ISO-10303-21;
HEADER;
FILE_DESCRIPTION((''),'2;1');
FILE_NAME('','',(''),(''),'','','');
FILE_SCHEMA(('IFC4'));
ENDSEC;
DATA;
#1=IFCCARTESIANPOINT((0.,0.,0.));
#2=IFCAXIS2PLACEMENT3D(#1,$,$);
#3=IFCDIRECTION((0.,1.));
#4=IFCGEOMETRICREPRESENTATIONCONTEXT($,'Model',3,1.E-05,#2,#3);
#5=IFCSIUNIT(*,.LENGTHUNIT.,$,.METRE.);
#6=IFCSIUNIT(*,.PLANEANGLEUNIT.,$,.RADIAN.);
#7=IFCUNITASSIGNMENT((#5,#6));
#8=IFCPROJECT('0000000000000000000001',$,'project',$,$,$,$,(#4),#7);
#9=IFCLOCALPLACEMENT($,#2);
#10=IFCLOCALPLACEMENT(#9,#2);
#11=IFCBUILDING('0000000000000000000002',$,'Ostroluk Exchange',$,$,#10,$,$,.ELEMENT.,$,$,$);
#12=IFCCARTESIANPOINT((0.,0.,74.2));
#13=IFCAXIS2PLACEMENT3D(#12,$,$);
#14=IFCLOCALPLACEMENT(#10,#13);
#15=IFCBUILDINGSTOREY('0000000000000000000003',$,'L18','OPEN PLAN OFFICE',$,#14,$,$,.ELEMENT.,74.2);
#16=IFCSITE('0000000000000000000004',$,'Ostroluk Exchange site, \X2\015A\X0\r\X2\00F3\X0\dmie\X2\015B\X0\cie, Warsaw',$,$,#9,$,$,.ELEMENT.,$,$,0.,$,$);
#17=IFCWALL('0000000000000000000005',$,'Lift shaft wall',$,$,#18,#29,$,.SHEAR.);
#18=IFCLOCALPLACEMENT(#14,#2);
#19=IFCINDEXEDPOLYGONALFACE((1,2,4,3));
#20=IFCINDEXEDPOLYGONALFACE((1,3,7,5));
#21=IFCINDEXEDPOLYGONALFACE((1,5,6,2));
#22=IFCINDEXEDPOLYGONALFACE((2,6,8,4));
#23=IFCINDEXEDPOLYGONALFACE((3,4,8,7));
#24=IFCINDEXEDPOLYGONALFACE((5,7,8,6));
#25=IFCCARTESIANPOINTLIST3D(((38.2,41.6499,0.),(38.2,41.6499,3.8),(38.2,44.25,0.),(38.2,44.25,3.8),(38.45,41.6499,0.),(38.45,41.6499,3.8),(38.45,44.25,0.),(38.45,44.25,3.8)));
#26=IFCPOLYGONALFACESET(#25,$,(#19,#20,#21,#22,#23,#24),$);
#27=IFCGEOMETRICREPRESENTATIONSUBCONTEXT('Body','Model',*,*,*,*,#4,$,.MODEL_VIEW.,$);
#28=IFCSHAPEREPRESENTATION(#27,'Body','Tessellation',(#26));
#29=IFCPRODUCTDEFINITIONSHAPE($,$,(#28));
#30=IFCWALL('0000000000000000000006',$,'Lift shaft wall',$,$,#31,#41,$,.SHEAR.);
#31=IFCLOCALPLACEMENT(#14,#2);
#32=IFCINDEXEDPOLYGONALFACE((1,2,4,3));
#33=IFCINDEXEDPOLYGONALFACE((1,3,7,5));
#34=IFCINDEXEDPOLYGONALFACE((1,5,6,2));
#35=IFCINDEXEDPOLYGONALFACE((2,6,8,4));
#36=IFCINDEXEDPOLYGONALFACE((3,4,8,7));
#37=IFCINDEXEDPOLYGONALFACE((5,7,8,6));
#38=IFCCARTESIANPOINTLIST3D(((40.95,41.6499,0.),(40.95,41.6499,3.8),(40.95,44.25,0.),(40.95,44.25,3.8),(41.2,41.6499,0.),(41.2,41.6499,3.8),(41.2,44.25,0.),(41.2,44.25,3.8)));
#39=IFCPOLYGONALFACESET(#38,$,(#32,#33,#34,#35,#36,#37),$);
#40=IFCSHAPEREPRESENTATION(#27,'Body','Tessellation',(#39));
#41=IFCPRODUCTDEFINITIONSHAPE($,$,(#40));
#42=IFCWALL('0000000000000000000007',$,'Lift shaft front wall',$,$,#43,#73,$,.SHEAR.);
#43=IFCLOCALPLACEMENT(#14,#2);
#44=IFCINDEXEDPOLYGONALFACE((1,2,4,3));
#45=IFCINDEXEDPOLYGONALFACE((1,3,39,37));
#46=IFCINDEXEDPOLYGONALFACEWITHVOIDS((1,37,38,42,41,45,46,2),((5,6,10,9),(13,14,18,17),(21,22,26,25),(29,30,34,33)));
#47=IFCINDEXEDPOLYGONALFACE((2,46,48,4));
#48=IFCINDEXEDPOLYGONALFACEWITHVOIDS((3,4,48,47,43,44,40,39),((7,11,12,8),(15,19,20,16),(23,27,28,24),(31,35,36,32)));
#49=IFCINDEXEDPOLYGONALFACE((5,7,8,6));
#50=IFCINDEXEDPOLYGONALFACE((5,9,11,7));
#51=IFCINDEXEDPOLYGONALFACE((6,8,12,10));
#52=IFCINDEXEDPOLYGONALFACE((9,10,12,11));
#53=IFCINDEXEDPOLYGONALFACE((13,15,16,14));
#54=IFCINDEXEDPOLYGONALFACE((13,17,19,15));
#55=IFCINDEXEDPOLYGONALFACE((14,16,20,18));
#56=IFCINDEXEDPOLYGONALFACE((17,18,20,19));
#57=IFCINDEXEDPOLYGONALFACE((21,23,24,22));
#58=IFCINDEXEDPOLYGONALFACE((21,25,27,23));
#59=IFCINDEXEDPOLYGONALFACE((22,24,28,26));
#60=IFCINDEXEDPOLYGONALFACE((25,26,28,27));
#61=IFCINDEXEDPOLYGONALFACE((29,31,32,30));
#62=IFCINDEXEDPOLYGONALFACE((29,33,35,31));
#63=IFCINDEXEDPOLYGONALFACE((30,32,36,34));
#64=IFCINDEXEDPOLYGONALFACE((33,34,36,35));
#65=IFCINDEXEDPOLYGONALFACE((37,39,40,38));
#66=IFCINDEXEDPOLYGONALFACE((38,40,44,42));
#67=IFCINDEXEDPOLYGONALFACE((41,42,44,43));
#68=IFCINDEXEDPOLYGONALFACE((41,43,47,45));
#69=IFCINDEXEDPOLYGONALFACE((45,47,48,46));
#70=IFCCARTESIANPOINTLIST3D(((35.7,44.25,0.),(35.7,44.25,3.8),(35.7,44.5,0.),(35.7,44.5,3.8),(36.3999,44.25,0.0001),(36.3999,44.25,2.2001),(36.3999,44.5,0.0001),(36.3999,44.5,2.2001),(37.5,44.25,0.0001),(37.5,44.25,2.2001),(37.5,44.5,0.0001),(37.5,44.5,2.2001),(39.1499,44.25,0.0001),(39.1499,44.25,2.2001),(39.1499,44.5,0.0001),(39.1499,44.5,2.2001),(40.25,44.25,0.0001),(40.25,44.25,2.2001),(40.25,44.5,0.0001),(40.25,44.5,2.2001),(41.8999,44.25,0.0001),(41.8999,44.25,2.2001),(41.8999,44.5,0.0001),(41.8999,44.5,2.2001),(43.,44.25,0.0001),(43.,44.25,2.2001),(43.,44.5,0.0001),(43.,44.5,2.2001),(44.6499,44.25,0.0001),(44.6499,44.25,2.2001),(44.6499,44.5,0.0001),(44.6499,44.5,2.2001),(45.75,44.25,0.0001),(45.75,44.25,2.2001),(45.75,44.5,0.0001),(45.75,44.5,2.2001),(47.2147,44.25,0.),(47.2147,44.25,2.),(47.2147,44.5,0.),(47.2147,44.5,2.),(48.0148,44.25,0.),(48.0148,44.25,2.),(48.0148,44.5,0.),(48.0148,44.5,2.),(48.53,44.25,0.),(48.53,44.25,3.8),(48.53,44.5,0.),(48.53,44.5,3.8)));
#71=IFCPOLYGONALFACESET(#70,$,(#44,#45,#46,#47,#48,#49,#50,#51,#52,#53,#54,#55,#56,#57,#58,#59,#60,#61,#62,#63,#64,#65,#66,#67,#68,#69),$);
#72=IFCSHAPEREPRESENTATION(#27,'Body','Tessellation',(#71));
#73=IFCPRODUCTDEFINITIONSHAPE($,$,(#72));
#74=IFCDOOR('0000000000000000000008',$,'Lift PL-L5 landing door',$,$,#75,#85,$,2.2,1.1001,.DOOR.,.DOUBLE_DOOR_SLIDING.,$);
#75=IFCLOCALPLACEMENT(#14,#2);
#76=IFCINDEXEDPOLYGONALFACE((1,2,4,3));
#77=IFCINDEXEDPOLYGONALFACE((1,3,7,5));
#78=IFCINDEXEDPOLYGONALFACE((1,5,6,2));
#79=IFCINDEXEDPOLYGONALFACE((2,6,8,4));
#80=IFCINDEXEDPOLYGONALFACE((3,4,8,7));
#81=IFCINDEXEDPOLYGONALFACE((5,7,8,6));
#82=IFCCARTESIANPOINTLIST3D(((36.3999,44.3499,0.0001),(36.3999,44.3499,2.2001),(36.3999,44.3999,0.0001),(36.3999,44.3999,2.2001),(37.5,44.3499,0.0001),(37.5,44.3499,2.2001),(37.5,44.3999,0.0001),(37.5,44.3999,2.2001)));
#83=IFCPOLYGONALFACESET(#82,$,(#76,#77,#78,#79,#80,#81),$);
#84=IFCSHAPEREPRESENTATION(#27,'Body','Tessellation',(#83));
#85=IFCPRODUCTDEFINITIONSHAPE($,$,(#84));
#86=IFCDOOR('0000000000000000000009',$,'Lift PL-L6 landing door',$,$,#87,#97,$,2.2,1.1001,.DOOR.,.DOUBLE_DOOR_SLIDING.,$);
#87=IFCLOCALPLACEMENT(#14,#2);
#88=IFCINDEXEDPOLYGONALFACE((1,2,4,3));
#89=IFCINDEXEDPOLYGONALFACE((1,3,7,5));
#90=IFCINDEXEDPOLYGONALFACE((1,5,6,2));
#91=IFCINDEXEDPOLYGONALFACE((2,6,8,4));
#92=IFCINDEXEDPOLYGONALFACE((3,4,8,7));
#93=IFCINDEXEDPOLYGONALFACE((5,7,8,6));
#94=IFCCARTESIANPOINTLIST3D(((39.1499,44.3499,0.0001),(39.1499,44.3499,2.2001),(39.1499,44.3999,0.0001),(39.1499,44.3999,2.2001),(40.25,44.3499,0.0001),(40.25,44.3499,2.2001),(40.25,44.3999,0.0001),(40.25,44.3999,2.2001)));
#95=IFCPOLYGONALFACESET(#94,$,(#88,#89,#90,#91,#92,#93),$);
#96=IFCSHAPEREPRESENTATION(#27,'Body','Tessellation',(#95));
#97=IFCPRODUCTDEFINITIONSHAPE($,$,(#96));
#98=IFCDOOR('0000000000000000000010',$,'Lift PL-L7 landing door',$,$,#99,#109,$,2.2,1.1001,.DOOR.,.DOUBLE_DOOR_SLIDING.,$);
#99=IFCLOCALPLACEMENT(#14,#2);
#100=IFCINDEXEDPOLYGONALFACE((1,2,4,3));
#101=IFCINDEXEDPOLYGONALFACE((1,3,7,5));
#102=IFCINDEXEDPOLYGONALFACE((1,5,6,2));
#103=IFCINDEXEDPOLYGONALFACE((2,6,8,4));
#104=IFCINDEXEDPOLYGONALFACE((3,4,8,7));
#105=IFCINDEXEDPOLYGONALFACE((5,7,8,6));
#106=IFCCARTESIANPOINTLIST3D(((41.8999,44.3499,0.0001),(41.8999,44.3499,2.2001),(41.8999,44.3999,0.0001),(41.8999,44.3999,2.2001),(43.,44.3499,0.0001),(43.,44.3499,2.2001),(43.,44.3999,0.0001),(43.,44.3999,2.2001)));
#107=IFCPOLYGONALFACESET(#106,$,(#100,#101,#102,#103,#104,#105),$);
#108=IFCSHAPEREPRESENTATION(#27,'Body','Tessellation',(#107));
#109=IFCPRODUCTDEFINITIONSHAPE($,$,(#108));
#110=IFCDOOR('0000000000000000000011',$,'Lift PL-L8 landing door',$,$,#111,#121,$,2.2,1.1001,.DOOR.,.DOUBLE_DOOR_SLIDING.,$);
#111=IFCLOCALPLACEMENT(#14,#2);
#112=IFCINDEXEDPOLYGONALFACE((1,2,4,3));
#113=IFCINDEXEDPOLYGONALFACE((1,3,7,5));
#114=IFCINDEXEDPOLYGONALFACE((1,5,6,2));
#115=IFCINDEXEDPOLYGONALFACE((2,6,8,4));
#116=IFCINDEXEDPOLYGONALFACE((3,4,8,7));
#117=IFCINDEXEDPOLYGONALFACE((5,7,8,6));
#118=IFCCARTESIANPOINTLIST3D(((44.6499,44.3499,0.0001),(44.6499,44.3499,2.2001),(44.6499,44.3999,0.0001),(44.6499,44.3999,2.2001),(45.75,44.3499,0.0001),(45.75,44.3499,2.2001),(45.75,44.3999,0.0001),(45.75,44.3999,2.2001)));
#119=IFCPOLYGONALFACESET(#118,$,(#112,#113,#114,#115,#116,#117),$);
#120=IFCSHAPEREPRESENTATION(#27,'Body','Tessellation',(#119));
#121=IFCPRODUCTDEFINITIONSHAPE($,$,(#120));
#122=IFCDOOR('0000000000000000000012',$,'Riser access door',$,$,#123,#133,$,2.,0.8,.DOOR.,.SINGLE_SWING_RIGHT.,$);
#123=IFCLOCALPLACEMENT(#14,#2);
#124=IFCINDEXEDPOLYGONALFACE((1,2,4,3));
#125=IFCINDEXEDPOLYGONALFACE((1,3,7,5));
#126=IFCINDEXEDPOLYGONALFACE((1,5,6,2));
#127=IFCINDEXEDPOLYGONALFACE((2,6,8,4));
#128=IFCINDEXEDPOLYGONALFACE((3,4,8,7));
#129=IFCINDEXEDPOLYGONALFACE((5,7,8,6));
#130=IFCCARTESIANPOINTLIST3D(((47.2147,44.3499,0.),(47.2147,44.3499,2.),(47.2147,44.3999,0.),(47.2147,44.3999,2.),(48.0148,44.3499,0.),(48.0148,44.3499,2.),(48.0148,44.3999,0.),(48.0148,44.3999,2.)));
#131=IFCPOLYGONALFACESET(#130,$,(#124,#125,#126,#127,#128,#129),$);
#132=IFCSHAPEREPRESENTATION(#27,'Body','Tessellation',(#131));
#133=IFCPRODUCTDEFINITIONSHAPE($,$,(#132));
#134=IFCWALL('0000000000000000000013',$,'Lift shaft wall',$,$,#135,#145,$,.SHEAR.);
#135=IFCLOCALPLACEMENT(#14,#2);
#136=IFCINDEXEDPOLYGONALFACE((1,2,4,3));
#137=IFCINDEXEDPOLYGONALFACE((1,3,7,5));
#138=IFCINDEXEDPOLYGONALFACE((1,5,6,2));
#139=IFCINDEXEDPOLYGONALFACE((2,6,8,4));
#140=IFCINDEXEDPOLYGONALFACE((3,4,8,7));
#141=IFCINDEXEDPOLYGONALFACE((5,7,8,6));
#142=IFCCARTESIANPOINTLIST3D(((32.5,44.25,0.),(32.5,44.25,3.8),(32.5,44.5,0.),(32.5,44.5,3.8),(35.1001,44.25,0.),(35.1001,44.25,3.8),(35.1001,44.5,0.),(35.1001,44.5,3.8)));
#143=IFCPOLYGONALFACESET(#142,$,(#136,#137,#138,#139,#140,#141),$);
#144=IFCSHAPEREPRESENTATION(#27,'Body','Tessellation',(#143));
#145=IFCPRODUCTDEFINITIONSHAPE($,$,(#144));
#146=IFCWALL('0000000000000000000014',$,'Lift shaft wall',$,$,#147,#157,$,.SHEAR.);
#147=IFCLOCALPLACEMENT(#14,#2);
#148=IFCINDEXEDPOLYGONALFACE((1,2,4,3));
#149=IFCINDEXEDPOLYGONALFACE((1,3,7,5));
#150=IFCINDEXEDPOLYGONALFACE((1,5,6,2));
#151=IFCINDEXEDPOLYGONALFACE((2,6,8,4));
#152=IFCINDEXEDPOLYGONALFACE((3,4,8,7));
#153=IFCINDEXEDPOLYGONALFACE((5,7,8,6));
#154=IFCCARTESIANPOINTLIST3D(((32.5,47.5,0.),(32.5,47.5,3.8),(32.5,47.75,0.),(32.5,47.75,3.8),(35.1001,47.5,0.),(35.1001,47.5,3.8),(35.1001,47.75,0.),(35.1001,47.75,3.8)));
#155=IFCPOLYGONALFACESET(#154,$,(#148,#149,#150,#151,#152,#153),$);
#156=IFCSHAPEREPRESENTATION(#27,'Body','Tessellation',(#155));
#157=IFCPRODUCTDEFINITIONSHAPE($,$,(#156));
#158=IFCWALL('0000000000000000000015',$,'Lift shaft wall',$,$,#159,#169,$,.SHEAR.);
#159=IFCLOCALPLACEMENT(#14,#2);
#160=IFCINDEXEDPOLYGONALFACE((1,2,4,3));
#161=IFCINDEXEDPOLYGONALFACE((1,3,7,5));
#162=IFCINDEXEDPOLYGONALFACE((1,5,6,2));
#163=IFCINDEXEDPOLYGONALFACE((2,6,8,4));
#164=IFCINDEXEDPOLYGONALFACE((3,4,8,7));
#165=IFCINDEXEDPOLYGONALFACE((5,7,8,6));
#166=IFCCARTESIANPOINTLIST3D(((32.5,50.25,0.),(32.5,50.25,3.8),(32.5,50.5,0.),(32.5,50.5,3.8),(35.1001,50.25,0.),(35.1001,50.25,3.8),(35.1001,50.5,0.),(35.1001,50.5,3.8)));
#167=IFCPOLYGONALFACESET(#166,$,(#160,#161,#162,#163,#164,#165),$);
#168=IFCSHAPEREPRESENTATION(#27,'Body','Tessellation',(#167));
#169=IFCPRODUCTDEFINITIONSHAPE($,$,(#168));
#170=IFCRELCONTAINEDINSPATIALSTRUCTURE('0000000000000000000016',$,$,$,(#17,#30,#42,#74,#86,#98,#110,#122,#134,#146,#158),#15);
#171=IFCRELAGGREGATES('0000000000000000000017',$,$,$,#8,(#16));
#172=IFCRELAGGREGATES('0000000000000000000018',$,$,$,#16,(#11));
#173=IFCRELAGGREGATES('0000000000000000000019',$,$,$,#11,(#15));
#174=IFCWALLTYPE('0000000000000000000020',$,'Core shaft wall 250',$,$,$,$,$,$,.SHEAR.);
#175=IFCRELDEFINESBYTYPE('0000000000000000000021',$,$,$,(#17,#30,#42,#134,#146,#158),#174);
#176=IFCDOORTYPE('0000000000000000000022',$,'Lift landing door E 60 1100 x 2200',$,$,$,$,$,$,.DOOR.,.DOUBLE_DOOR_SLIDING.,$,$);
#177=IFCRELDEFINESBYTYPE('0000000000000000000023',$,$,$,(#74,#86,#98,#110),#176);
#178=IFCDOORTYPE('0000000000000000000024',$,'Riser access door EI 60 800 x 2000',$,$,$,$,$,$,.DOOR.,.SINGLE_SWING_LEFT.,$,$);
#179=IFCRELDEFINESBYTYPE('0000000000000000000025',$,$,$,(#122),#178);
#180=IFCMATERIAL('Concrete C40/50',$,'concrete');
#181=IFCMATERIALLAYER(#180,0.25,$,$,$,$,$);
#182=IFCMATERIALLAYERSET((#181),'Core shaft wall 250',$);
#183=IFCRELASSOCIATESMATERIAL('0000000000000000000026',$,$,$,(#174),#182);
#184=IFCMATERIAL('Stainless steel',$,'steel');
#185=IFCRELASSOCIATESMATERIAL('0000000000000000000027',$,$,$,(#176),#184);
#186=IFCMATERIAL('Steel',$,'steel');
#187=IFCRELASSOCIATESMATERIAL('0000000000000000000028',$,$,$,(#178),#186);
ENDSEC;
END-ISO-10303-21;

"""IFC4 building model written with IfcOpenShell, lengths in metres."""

from ifc_helpers import new_model, si_unit, direction, frame, frame_2d, origin, place, context, subcontext, project, spatial, rectangle, extrude, material, layer, layer_set, type_object, element, fill, save


model = new_model("IFC4")

# Units and contexts
model_context = context("Model", 3, precision=1e-05, world=origin(), true_north=direction((0.0, 1.0)))
body_context = subcontext(model_context, "Body", "Model", "MODEL_VIEW")
ifc_project = project(units=[si_unit("LENGTHUNIT", "METRE"), si_unit("PLANEANGLEUNIT", "RADIAN")], contexts=[model_context])

# Site, building, storey
site_placement = place(None, origin())
site = spatial("IfcSite", under=ifc_project, at=site_placement, Name="Ostroluk Exchange site, Śródmieście, Warsaw", CompositionType="ELEMENT", RefElevation=0.0)
building_placement = place(site_placement, origin())
building = spatial("IfcBuilding", under=site, at=building_placement, Name="Ostroluk Exchange", CompositionType="ELEMENT")
storey_placement = place(building_placement, frame((0.0, 0.0, 74.2)))
storey = spatial("IfcBuildingStorey", under=building, at=storey_placement, Name="L18", Description="OPEN PLAN OFFICE", CompositionType="ELEMENT", Elevation=74.2)

# Shared definitions
ifc_material_1 = material(Name="Concrete C40/50", Category="concrete")
ifc_layer = layer(ifc_material_1, 0.25)
ifc_layer_set = layer_set([ifc_layer], Name="Core shaft wall 250")
wall_type = type_object("IfcWallType", Name="Core shaft wall 250", PredefinedType="SHEAR", material=ifc_layer_set)

# Shared definitions
ifc_material_2 = material(Name="Stainless steel", Category="steel")
door_type_1 = type_object("IfcDoorType", Name="Lift landing door E 60 1100 x 2200", OperationType="DOUBLE_DOOR_SLIDING", PredefinedType="DOOR", material=ifc_material_2)
ifc_material_3 = material(Name="Steel", Category="steel")
door_type_2 = type_object("IfcDoorType", Name="Riser access door EI 60 800 x 2000", OperationType="SINGLE_SWING_LEFT", PredefinedType="DOOR", material=ifc_material_3)

# Walls
for number, where, z_axis, x_axis, name in (
    (1, (38.325, 44.25, 0.0), (0.0, 0.0, 1.0), (0.0, -1.0, 0.0), "Lift shaft wall"),
    (2, (41.075, 44.25, 0.0), (0.0, 0.0, 1.0), (0.0, -1.0, 0.0), "Lift shaft wall"),
):
    element("IfcWall", number, at=place(storey_placement, frame(where, z_axis=z_axis, x_axis=x_axis)), inside=storey, type_object=wall_type, Name=name, PredefinedType="SHEAR", context=body_context, shape_type="SweptSolid", body=[
        extrude(rectangle(XDim=2.6001, YDim=0.25, at=frame_2d((1.3, 0.0))), origin(), (0.0, 0.0, 1.0), 3.8),
    ])

# Wall, openings, doors
wall_1_placement = place(storey_placement, frame((35.7, 44.375, 0.0), z_axis=(0.0, 0.0, 1.0), x_axis=(1.0, 0.0, 0.0)))
wall_1 = element("IfcWall", 3, at=wall_1_placement, inside=storey, type_object=wall_type, Name="Lift shaft front wall", PredefinedType="SHEAR", context=body_context, shape_type="SweptSolid", body=[
    extrude(rectangle(XDim=12.8301, YDim=0.25, at=frame_2d((6.415, 0.0))), origin(), (0.0, 0.0, 1.0), 3.8),
])
opening_1_placement = place(wall_1_placement, frame((0.7, 0.0, 0.0)))
opening_1 = element("IfcOpeningElement", 4, at=opening_1_placement, cuts=wall_1, PredefinedType="OPENING", context=body_context, shape_type="SweptSolid", body=[
    extrude(rectangle(XDim=1.1001, YDim=2.2, at=frame_2d((0.55, 1.1001))), frame((0.0, 0.135, 0.0), z_axis=(0.0, -1.0, 0.0), x_axis=(1.0, 0.0, 0.0)), (0.0, 0.0, 1.0), 0.27),
])
opening_2_placement = place(wall_1_placement, frame((3.45, 0.0, 0.0)))
opening_2 = element("IfcOpeningElement", 5, at=opening_2_placement, cuts=wall_1, PredefinedType="OPENING", context=body_context, shape_type="SweptSolid", body=[
    extrude(rectangle(XDim=1.1001, YDim=2.2, at=frame_2d((0.55, 1.1001))), frame((0.0, 0.135, 0.0), z_axis=(0.0, -1.0, 0.0), x_axis=(1.0, 0.0, 0.0)), (0.0, 0.0, 1.0), 0.27),
])
opening_3_placement = place(wall_1_placement, frame((6.2, 0.0, 0.0)))
opening_3 = element("IfcOpeningElement", 6, at=opening_3_placement, cuts=wall_1, PredefinedType="OPENING", context=body_context, shape_type="SweptSolid", body=[
    extrude(rectangle(XDim=1.1001, YDim=2.2, at=frame_2d((0.55, 1.1001))), frame((0.0, 0.135, 0.0), z_axis=(0.0, -1.0, 0.0), x_axis=(1.0, 0.0, 0.0)), (0.0, 0.0, 1.0), 0.27),
])
opening_4_placement = place(wall_1_placement, frame((8.95, 0.0, 0.0)))
opening_4 = element("IfcOpeningElement", 7, at=opening_4_placement, cuts=wall_1, PredefinedType="OPENING", context=body_context, shape_type="SweptSolid", body=[
    extrude(rectangle(XDim=1.1001, YDim=2.2, at=frame_2d((0.55, 1.1001))), frame((0.0, 0.135, 0.0), z_axis=(0.0, -1.0, 0.0), x_axis=(1.0, 0.0, 0.0)), (0.0, 0.0, 1.0), 0.27),
])
opening_5_placement = place(wall_1_placement, frame((11.5149, 0.0, 0.0)))
opening_5 = element("IfcOpeningElement", 8, at=opening_5_placement, cuts=wall_1, PredefinedType="OPENING", context=body_context, shape_type="SweptSolid", body=[
    extrude(rectangle(XDim=0.8, YDim=2.0, at=frame_2d((0.3999, 1.0))), frame((0.0, 0.135, 0.0), z_axis=(0.0, -1.0, 0.0), x_axis=(1.0, 0.0, 0.0)), (0.0, 0.0, 1.0), 0.27),
])
door_1_placement = place(opening_1_placement, origin())
door_1 = element("IfcDoor", 9, at=door_1_placement, inside=storey, type_object=door_type_1, Name="Lift PL-L5 landing door", OperationType="DOUBLE_DOOR_SLIDING", OverallHeight=2.2, OverallWidth=1.1001, PredefinedType="DOOR", context=body_context, shape_type="SweptSolid", body=[
    extrude(rectangle(XDim=1.1001, YDim=2.2, at=frame_2d((0.55, 1.1001))), frame((0.0, 0.0249, 0.0), z_axis=(0.0, -1.0, 0.0), x_axis=(1.0, 0.0, 0.0)), (0.0, 0.0, 1.0), 0.05),
])
fill(opening_1, door_1)
door_2_placement = place(opening_2_placement, origin())
door_2 = element("IfcDoor", 10, at=door_2_placement, inside=storey, type_object=door_type_1, Name="Lift PL-L6 landing door", OperationType="DOUBLE_DOOR_SLIDING", OverallHeight=2.2, OverallWidth=1.1001, PredefinedType="DOOR", context=body_context, shape_type="SweptSolid", body=[
    extrude(rectangle(XDim=1.1001, YDim=2.2, at=frame_2d((0.55, 1.1001))), frame((0.0, 0.0249, 0.0), z_axis=(0.0, -1.0, 0.0), x_axis=(1.0, 0.0, 0.0)), (0.0, 0.0, 1.0), 0.05),
])
fill(opening_2, door_2)
door_3_placement = place(opening_3_placement, origin())
door_3 = element("IfcDoor", 11, at=door_3_placement, inside=storey, type_object=door_type_1, Name="Lift PL-L7 landing door", OperationType="DOUBLE_DOOR_SLIDING", OverallHeight=2.2, OverallWidth=1.1001, PredefinedType="DOOR", context=body_context, shape_type="SweptSolid", body=[
    extrude(rectangle(XDim=1.1001, YDim=2.2, at=frame_2d((0.55, 1.1001))), frame((0.0, 0.0249, 0.0), z_axis=(0.0, -1.0, 0.0), x_axis=(1.0, 0.0, 0.0)), (0.0, 0.0, 1.0), 0.05),
])
fill(opening_3, door_3)
door_4_placement = place(opening_4_placement, origin())
door_4 = element("IfcDoor", 12, at=door_4_placement, inside=storey, type_object=door_type_1, Name="Lift PL-L8 landing door", OperationType="DOUBLE_DOOR_SLIDING", OverallHeight=2.2, OverallWidth=1.1001, PredefinedType="DOOR", context=body_context, shape_type="SweptSolid", body=[
    extrude(rectangle(XDim=1.1001, YDim=2.2, at=frame_2d((0.55, 1.1001))), frame((0.0, 0.0249, 0.0), z_axis=(0.0, -1.0, 0.0), x_axis=(1.0, 0.0, 0.0)), (0.0, 0.0, 1.0), 0.05),
])
fill(opening_4, door_4)
door_5_placement = place(opening_5_placement, origin())
door_5 = element("IfcDoor", 13, at=door_5_placement, inside=storey, type_object=door_type_2, Name="Riser access door", OperationType="SINGLE_SWING_RIGHT", OverallHeight=2.0, OverallWidth=0.8, PredefinedType="DOOR", context=body_context, shape_type="SweptSolid", body=[
    extrude(rectangle(XDim=0.8, YDim=2.0, at=frame_2d((0.3999, 1.0))), frame((0.0, 0.0249, 0.0), z_axis=(0.0, -1.0, 0.0), x_axis=(1.0, 0.0, 0.0)), (0.0, 0.0, 1.0), 0.05),
])
fill(opening_5, door_5)

# Walls
for number, where, z_axis, x_axis, name in (
    (14, (32.5, 44.375, 0.0), (0.0, 0.0, 1.0), (1.0, 0.0, 0.0), "Lift shaft wall"),
    (15, (32.5, 47.625, 0.0), (0.0, 0.0, 1.0), (1.0, 0.0, 0.0), "Lift shaft wall"),
    (16, (32.5, 50.375, 0.0), (0.0, 0.0, 1.0), (1.0, 0.0, 0.0), "Lift shaft wall"),
):
    element("IfcWall", number, at=place(storey_placement, frame(where, z_axis=z_axis, x_axis=x_axis)), inside=storey, type_object=wall_type, Name=name, PredefinedType="SHEAR", context=body_context, shape_type="SweptSolid", body=[
        extrude(rectangle(XDim=2.6001, YDim=0.25, at=frame_2d((1.3, 0.0))), origin(), (0.0, 0.0, 1.0), 3.8),
    ])

save(model, "model.ifc")
